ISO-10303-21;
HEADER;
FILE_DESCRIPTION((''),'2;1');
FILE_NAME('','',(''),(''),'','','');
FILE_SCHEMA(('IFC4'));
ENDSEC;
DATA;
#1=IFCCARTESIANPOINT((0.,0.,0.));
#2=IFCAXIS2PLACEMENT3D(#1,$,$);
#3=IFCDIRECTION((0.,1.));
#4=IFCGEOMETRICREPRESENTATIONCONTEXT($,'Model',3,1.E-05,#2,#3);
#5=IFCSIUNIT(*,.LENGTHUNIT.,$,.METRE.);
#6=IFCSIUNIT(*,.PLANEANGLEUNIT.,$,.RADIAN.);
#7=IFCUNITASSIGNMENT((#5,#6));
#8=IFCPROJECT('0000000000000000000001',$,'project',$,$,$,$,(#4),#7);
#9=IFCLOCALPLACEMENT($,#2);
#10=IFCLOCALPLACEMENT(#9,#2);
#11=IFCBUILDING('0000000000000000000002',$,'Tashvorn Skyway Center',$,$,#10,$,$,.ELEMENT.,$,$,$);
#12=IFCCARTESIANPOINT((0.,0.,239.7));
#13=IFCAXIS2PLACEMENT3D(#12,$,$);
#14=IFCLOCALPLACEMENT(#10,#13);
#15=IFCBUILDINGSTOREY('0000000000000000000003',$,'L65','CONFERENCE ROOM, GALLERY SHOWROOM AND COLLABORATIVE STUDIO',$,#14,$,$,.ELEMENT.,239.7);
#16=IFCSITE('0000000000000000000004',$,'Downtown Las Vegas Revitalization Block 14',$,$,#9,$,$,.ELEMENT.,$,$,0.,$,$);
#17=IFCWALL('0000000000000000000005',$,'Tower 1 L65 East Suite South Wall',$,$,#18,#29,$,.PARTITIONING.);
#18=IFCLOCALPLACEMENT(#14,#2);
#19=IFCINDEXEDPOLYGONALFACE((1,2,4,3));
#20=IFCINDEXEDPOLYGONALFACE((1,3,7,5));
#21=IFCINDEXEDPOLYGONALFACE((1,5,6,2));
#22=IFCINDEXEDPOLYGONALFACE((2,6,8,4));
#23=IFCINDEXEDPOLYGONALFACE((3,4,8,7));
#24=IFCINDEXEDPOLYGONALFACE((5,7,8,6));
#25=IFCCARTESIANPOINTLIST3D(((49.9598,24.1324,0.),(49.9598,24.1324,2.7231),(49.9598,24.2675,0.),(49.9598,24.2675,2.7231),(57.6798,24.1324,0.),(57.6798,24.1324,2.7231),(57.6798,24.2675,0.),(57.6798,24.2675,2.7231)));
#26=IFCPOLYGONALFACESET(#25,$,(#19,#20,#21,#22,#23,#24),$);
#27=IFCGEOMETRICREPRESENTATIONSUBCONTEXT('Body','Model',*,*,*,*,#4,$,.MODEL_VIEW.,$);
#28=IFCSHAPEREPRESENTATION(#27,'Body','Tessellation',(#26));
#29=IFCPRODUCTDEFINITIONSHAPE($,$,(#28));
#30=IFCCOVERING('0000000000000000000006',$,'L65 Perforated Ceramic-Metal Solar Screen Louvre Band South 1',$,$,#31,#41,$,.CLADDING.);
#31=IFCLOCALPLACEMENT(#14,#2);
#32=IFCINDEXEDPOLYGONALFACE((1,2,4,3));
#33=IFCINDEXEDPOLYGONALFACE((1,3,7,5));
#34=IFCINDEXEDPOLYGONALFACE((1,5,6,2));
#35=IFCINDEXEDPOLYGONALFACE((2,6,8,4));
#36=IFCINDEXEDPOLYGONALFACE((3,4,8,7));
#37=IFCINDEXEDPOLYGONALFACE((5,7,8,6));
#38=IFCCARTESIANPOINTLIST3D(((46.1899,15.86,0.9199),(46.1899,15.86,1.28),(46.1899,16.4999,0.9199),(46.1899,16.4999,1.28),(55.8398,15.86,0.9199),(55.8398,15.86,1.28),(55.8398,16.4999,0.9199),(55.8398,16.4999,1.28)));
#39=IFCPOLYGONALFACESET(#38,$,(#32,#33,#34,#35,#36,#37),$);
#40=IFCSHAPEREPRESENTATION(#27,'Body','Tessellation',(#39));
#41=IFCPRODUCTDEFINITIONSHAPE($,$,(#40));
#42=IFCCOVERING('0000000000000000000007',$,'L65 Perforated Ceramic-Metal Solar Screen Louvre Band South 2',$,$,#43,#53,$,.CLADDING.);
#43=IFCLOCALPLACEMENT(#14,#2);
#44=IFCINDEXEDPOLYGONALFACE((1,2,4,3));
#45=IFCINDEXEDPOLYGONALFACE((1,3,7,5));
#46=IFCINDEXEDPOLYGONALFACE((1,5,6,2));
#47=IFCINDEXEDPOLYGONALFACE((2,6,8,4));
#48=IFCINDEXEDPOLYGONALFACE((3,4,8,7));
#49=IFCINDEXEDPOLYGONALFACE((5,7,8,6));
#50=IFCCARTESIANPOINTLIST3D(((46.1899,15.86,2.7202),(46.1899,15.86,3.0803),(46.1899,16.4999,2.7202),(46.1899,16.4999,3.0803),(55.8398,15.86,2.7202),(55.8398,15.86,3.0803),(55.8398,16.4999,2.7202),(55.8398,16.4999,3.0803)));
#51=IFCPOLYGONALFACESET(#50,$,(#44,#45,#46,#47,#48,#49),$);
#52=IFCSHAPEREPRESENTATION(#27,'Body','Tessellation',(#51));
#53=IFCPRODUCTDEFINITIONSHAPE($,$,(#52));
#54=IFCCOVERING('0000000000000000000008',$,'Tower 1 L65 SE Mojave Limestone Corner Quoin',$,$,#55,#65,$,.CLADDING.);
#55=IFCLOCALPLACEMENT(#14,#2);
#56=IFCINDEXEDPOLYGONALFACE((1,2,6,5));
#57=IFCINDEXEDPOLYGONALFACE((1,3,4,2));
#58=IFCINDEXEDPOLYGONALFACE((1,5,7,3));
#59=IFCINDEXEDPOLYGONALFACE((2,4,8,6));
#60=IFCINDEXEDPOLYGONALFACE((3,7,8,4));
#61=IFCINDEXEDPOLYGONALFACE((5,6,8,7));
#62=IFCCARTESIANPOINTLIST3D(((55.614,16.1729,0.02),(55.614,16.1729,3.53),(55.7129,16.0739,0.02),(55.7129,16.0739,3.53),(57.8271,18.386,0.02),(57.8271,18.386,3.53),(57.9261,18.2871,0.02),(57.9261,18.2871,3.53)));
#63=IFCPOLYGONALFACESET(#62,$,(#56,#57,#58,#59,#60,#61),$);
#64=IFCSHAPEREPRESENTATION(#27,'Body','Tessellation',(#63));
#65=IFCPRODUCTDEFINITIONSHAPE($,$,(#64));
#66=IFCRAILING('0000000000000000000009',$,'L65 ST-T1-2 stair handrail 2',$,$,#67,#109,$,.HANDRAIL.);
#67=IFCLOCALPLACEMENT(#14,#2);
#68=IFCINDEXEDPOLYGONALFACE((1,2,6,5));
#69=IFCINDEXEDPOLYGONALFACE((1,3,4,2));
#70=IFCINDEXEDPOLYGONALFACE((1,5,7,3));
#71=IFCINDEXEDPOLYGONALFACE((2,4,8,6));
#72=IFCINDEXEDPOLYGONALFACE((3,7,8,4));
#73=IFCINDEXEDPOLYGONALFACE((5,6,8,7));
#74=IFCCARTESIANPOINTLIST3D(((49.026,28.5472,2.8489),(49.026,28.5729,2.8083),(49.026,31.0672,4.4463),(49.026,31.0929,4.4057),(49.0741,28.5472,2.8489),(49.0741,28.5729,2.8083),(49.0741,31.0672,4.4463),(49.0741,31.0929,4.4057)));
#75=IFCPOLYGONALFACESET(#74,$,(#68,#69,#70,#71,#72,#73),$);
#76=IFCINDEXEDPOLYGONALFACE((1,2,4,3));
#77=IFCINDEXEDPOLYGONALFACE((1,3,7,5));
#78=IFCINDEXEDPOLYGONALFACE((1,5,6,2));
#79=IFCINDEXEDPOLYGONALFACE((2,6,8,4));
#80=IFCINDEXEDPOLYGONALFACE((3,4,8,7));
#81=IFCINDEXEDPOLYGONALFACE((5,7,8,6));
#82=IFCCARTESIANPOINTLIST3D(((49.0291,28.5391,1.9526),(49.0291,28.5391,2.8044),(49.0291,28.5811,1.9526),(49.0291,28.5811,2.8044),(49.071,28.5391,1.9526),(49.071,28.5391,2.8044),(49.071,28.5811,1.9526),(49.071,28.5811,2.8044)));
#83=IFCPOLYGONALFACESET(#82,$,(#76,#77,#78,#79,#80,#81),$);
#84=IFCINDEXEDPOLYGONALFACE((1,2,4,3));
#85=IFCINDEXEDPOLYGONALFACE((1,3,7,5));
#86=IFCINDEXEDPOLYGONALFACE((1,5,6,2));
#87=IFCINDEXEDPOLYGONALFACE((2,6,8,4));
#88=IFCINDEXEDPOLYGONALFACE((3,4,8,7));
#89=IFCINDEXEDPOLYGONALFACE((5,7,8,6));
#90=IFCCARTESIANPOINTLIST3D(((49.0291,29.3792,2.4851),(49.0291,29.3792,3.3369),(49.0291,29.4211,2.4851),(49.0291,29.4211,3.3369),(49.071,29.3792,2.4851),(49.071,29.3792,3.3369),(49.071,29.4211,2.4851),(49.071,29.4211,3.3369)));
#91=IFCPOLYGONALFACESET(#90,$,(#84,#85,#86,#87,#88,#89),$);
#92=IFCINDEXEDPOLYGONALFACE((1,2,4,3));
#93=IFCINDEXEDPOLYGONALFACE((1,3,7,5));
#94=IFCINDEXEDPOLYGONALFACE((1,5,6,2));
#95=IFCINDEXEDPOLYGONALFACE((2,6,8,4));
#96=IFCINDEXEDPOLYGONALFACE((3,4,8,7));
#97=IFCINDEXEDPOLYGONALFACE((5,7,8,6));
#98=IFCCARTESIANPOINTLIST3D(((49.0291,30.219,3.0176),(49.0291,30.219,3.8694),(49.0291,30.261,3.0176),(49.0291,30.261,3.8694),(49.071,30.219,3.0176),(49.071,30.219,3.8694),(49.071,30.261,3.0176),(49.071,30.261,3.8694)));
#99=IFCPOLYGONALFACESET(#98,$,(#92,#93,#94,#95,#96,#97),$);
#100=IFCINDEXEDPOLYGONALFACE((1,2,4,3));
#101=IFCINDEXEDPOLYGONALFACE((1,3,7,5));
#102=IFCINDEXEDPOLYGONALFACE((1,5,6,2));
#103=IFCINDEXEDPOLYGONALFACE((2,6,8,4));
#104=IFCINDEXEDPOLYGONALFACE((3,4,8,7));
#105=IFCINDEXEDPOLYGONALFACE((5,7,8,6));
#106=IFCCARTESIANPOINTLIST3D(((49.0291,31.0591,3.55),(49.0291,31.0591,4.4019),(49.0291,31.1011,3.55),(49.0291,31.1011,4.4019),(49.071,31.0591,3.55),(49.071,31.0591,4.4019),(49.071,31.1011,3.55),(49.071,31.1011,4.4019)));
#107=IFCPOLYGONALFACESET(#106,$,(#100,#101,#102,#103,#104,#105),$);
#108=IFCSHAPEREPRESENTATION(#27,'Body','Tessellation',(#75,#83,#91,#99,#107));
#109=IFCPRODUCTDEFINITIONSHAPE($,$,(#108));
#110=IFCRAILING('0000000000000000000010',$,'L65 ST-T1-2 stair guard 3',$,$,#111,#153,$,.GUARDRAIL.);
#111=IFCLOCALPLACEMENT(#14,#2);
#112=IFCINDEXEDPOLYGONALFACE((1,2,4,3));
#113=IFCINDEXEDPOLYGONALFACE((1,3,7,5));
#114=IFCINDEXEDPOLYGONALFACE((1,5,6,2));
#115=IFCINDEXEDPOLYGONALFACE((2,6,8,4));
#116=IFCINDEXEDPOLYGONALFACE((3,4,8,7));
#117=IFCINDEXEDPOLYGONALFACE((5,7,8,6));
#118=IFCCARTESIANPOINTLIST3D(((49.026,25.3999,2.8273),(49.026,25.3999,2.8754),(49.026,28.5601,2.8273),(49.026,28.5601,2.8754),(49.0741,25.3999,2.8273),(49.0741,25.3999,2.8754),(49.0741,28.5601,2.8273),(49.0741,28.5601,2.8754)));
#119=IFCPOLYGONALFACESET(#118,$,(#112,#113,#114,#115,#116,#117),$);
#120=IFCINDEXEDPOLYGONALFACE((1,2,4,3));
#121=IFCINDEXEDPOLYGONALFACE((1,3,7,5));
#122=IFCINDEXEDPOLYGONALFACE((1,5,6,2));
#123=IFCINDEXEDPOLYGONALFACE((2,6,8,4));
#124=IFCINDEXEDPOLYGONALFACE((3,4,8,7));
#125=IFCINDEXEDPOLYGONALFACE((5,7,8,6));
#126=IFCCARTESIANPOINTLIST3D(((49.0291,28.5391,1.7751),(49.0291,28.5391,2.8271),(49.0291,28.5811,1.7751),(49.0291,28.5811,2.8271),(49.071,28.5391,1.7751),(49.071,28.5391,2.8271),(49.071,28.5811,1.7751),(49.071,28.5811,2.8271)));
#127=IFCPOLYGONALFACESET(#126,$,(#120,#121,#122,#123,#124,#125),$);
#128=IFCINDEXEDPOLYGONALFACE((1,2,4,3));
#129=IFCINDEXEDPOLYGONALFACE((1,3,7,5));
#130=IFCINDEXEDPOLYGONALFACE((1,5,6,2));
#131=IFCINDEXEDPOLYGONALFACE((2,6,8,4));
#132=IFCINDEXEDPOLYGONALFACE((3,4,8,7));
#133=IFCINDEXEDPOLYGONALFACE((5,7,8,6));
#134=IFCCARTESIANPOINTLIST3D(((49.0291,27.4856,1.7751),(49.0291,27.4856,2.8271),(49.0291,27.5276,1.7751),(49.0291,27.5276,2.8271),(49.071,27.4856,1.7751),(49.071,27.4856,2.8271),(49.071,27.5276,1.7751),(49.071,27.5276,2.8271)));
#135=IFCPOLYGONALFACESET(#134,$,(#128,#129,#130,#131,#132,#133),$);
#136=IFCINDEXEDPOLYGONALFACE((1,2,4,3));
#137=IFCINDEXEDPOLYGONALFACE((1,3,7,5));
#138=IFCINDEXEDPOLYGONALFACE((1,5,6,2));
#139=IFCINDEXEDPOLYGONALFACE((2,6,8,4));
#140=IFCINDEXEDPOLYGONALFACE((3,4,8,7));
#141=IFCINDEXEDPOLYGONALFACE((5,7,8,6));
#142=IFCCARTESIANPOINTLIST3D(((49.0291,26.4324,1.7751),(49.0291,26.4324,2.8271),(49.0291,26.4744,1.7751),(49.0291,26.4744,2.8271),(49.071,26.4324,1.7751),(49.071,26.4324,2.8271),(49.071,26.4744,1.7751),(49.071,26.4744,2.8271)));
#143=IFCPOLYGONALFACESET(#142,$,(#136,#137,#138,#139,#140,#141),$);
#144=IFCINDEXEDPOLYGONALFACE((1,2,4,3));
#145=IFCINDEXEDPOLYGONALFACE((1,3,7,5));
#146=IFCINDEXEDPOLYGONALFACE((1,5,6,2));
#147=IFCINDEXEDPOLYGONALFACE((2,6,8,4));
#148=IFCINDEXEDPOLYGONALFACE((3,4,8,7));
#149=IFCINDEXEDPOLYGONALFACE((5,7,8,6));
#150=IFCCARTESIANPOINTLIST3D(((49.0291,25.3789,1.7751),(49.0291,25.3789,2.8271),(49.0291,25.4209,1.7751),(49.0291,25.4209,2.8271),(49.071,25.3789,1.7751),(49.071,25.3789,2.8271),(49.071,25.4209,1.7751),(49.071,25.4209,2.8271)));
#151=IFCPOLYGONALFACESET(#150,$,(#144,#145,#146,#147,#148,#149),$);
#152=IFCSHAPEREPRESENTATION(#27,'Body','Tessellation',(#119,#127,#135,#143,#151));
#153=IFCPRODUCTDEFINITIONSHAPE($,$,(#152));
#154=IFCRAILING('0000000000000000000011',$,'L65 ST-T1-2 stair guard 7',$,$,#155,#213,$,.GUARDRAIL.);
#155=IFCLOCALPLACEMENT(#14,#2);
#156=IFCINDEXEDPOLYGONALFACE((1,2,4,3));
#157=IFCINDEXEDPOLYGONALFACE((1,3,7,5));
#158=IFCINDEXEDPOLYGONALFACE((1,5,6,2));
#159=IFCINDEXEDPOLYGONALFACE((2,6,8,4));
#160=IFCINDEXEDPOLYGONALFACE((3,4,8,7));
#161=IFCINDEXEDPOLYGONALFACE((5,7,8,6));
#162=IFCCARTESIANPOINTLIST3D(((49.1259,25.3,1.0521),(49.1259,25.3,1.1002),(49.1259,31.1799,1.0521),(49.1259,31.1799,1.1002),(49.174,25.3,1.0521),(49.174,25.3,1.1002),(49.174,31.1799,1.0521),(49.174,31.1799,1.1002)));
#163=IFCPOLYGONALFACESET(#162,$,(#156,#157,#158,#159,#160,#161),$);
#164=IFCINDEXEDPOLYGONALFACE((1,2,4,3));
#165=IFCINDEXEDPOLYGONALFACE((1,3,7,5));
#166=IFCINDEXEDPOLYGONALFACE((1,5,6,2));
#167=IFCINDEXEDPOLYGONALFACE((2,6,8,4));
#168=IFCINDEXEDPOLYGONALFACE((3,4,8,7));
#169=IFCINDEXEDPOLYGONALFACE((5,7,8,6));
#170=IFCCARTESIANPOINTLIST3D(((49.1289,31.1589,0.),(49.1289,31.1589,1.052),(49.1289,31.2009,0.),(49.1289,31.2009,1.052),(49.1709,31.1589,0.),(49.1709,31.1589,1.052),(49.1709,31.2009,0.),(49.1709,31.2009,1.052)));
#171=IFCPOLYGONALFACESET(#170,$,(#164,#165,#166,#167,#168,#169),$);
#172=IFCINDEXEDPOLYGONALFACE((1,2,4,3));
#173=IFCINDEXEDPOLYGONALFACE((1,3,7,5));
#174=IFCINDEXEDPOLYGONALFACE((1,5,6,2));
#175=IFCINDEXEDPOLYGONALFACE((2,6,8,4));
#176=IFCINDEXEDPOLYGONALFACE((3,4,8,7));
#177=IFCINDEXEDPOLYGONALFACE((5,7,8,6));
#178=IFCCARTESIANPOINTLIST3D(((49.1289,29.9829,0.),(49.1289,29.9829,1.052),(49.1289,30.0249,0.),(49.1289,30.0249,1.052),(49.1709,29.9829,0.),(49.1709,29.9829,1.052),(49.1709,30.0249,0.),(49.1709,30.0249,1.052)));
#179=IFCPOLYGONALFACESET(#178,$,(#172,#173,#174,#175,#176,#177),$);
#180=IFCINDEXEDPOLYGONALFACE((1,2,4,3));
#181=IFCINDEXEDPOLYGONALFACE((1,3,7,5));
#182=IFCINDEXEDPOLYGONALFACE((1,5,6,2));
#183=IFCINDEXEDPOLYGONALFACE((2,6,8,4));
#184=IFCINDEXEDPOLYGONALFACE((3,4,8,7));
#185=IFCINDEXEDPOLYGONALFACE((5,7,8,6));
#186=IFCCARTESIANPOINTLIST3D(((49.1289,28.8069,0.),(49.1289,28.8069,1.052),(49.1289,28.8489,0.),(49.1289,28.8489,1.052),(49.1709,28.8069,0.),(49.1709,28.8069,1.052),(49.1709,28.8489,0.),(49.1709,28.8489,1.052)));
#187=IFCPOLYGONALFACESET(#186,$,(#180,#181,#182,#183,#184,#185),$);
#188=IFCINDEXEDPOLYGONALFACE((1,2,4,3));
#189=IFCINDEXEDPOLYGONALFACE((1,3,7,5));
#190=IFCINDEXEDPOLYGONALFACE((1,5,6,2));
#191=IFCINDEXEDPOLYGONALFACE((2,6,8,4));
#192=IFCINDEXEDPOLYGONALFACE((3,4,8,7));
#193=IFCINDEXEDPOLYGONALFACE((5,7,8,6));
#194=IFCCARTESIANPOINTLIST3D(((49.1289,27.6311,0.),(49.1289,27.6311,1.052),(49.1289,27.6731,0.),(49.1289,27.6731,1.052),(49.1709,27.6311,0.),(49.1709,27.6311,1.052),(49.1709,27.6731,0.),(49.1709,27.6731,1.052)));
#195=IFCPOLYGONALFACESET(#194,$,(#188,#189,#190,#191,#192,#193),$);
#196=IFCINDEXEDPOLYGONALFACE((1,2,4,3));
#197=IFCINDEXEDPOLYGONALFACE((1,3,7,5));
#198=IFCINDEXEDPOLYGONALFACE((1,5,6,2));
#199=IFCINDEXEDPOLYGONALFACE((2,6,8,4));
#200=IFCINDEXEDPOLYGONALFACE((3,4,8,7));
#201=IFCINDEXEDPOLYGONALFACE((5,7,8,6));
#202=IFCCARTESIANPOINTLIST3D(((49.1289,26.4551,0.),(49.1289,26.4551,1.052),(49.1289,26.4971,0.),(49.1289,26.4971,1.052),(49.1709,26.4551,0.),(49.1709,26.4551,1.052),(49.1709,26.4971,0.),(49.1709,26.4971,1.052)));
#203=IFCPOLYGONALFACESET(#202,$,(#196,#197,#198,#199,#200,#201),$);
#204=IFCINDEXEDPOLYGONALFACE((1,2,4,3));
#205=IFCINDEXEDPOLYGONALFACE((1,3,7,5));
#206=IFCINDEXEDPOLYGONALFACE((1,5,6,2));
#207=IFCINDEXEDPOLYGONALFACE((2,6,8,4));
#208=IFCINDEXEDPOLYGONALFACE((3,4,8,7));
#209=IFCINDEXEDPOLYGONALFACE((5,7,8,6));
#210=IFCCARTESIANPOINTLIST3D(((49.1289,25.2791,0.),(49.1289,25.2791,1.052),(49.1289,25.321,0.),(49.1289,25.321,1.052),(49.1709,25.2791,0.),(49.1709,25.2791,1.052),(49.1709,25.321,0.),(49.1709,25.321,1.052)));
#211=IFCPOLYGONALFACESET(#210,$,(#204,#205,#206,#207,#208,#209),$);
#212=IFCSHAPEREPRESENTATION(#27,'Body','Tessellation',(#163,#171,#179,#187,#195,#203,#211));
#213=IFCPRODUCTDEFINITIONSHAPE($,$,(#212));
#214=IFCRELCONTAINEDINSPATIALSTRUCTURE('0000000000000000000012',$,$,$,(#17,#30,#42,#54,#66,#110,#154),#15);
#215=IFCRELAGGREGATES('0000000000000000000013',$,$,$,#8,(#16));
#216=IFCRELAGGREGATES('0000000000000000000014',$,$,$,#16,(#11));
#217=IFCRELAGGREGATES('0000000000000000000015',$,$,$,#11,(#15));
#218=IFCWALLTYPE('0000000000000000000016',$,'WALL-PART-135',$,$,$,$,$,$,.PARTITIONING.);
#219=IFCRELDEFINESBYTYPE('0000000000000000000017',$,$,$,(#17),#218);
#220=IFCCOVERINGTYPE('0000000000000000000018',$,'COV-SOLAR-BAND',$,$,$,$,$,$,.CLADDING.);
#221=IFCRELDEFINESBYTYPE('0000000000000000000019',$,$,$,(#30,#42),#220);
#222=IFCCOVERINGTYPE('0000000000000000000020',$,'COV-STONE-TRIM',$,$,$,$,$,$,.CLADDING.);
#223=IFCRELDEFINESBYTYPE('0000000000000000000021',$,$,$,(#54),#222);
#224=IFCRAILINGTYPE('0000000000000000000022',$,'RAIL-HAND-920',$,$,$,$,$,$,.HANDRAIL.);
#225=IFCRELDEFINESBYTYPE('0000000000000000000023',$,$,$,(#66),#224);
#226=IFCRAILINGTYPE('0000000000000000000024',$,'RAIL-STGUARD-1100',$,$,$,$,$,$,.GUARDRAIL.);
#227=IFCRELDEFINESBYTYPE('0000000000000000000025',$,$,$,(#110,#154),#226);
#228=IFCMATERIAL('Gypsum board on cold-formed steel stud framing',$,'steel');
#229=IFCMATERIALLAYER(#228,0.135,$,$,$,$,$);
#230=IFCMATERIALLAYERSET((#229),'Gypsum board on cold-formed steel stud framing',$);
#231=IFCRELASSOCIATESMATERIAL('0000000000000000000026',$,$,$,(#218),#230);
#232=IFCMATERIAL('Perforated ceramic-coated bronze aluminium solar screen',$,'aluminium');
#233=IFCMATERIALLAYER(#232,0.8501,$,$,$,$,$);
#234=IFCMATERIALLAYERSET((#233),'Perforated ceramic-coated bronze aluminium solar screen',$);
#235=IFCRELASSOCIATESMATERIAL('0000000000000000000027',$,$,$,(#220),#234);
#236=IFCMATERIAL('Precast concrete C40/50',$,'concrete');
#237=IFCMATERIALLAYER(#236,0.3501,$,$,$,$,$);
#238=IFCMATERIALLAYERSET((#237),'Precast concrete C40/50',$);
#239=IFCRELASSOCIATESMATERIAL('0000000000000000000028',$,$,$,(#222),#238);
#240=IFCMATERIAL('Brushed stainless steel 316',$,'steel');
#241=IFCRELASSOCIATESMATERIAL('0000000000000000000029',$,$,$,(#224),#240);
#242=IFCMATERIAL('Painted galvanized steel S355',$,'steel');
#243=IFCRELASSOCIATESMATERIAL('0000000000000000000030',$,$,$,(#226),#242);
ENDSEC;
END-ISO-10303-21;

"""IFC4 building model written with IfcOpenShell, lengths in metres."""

from ifc_helpers import new_model, si_unit, direction, frame, frame_2d, origin, origin_2d, place, context, subcontext, project, spatial, rectangle, extrude, material, layer, layer_set, type_object, element, save


model = new_model("IFC4")

# Units and contexts
model_context = context("Model", 3, precision=1e-05, world=origin(), true_north=direction((0.0, 1.0)))
body_context = subcontext(model_context, "Body", "Model", "MODEL_VIEW")
ifc_project = project(units=[si_unit("LENGTHUNIT", "METRE"), si_unit("PLANEANGLEUNIT", "RADIAN")], contexts=[model_context])

# Site, building, storey
site_placement = place(None, origin())
site = spatial("IfcSite", under=ifc_project, at=site_placement, Name="Downtown Las Vegas Revitalization Block 14", CompositionType="ELEMENT", RefElevation=0.0)
building_placement = place(site_placement, origin())
building = spatial("IfcBuilding", under=site, at=building_placement, Name="Tashvorn Skyway Center", CompositionType="ELEMENT")
storey_placement = place(building_placement, frame((0.0, 0.0, 239.7)))
storey = spatial("IfcBuildingStorey", under=building, at=storey_placement, Name="L65", Description="CONFERENCE ROOM, GALLERY SHOWROOM AND COLLABORATIVE STUDIO", CompositionType="ELEMENT", Elevation=239.7)

# Shared definitions
ifc_material_1 = material(Name="Gypsum board on cold-formed steel stud framing", Category="steel")

# Wall
ifc_layer_1 = layer(ifc_material_1, 0.135)
ifc_layer_set_1 = layer_set([ifc_layer_1], Name="Gypsum board on cold-formed steel stud framing")
wall_type_1 = type_object("IfcWallType", Name="WALL-PART-135", PredefinedType="PARTITIONING", material=ifc_layer_set_1)
wall_1_placement = place(storey_placement, frame((49.96, 24.2, 0.0), z_axis=(0.0, 0.0, 1.0), x_axis=(1.0, 0.0, 0.0)))
element("IfcWall", 1, at=wall_1_placement, inside=storey, type_object=wall_type_1, Name="Tower 1 L65 East Suite South Wall", PredefinedType="PARTITIONING", context=body_context, shape_type="SweptSolid", body=[
    extrude(rectangle(XDim=7.72, YDim=0.135, at=frame_2d((3.8599, 0.0))), origin(), (0.0, 0.0, 1.0), 2.7231),
])

# Coverings
ifc_material_2 = material(Name="Perforated ceramic-coated bronze aluminium solar screen", Category="aluminium")
ifc_layer_2 = layer(ifc_material_2, 0.8501)
ifc_layer_set_2 = layer_set([ifc_layer_2], Name="Perforated ceramic-coated bronze aluminium solar screen")
covering_type_1 = type_object("IfcCoveringType", Name="COV-SOLAR-BAND", PredefinedType="CLADDING", material=ifc_layer_set_2)
for number, where, z_axis, x_axis, name in (
    (2, (51.0149, 16.1799, 0.9199), (0.0, 0.0, 1.0), (-1.0, 0.0, 0.0), "L65 Perforated Ceramic-Metal Solar Screen Louvre Band South 1"),
    (3, (51.0149, 16.1799, 2.7202), (0.0, 0.0, 1.0), (-1.0, 0.0, 0.0), "L65 Perforated Ceramic-Metal Solar Screen Louvre Band South 2"),
):
    element("IfcCovering", number, at=place(storey_placement, frame(where, z_axis=z_axis, x_axis=x_axis)), inside=storey, type_object=covering_type_1, Name=name, PredefinedType="CLADDING", context=body_context, shape_type="SweptSolid", body=[
        extrude(rectangle(XDim=9.6499, YDim=0.6399, at=origin_2d()), origin(), (0.0, 0.0, 1.0), 0.3601),
    ])
ifc_material_3 = material(Name="Precast concrete C40/50", Category="concrete")
ifc_layer_3 = layer(ifc_material_3, 0.3501)
ifc_layer_set_3 = layer_set([ifc_layer_3], Name="Precast concrete C40/50")
covering_type_2 = type_object("IfcCoveringType", Name="COV-STONE-TRIM", PredefinedType="CLADDING", material=ifc_layer_set_3)
covering_placement = place(storey_placement, frame((56.77, 17.23, 0.02), z_axis=(0.0, 0.0, 1.0), x_axis=(0.707107, 0.707107, 0.0)))
element("IfcCovering", 4, at=covering_placement, inside=storey, type_object=covering_type_2, Name="Tower 1 L65 SE Mojave Limestone Corner Quoin", PredefinedType="CLADDING", context=body_context, shape_type="SweptSolid", body=[
    extrude(rectangle(XDim=3.1299, YDim=0.1399, at=origin_2d()), origin(), (0.0, 0.0, 1.0), 3.51),
])

# Railings
ifc_material_4 = material(Name="Brushed stainless steel 316", Category="steel")
railing_type_1 = type_object("IfcRailingType", Name="RAIL-HAND-920", PredefinedType="HANDRAIL", material=ifc_material_4)
railing_1_placement = place(storey_placement, frame((49.05, 28.5601, 1.9526)))
element("IfcRailing", 5, at=railing_1_placement, inside=storey, type_object=railing_type_1, Name="L65 ST-T1-2 stair handrail 2", PredefinedType="HANDRAIL", context=body_context, shape_type="SweptSolid", body=[
    extrude(rectangle(XDim=0.0481, YDim=0.0481, at=origin_2d()), frame((0.0, 0.0, 0.876), z_axis=(0.0, 0.844607, 0.535387), x_axis=(-1.0, 0.0, 0.0)), (0.0, 0.0, 1.0), 2.9836),
    extrude(rectangle(XDim=0.042, YDim=0.042, at=origin_2d()), origin(), (0.0, 0.0, 1.0), 0.8518),
    extrude(rectangle(XDim=0.042, YDim=0.042, at=origin_2d()), frame((0.0, 0.8401, 0.5325)), (0.0, 0.0, 1.0), 0.8518),
    extrude(rectangle(XDim=0.042, YDim=0.042, at=origin_2d()), frame((0.0, 1.6799, 1.0649)), (0.0, 0.0, 1.0), 0.8518),
    extrude(rectangle(XDim=0.042, YDim=0.042, at=origin_2d()), frame((0.0, 2.52, 1.5974)), (0.0, 0.0, 1.0), 0.8518),
])
ifc_material_5 = material(Name="Painted galvanized steel S355", Category="steel")
railing_type_2 = type_object("IfcRailingType", Name="RAIL-STGUARD-1100", PredefinedType="GUARDRAIL", material=ifc_material_5)
railing_2_placement = place(storey_placement, frame((49.05, 28.5601, 1.7751)))
element("IfcRailing", 6, at=railing_2_placement, inside=storey, type_object=railing_type_2, Name="L65 ST-T1-2 stair guard 3", PredefinedType="GUARDRAIL", context=body_context, shape_type="SweptSolid", body=[
    extrude(rectangle(XDim=0.0481, YDim=0.0481, at=origin_2d()), frame((0.0, 0.0, 1.0762), z_axis=(0.0, -1.0, 0.0), x_axis=(1.0, 0.0, 0.0)), (0.0, 0.0, 1.0), 3.1602),
    extrude(rectangle(XDim=0.042, YDim=0.042, at=origin_2d()), origin(), (0.0, 0.0, 1.0), 1.052),
    extrude(rectangle(XDim=0.042, YDim=0.042, at=origin_2d()), frame((0.0, -1.0535, 0.0)), (0.0, 0.0, 1.0), 1.052),
    extrude(rectangle(XDim=0.042, YDim=0.042, at=origin_2d()), frame((0.0, -2.1067, 0.0)), (0.0, 0.0, 1.0), 1.052),
    extrude(rectangle(XDim=0.042, YDim=0.042, at=origin_2d()), frame((0.0, -3.1602, 0.0)), (0.0, 0.0, 1.0), 1.052),
])
railing_3_placement = place(storey_placement, frame((49.1499, 31.1799, 0.0)))
element("IfcRailing", 7, at=railing_3_placement, inside=storey, type_object=railing_type_2, Name="L65 ST-T1-2 stair guard 7", PredefinedType="GUARDRAIL", context=body_context, shape_type="SweptSolid", body=[
    extrude(rectangle(XDim=0.0481, YDim=0.0481, at=origin_2d()), frame((0.0, 0.0, 1.0762), z_axis=(0.0, -1.0, 0.0), x_axis=(1.0, 0.0, 0.0)), (0.0, 0.0, 1.0), 5.8799),
    extrude(rectangle(XDim=0.042, YDim=0.042, at=origin_2d()), origin(), (0.0, 0.0, 1.0), 1.052),
    extrude(rectangle(XDim=0.042, YDim=0.042, at=origin_2d()), frame((0.0, -1.176, 0.0)), (0.0, 0.0, 1.0), 1.052),
    extrude(rectangle(XDim=0.042, YDim=0.042, at=origin_2d()), frame((0.0, -2.3521, 0.0)), (0.0, 0.0, 1.0), 1.052),
    extrude(rectangle(XDim=0.042, YDim=0.042, at=origin_2d()), frame((0.0, -3.5278, 0.0)), (0.0, 0.0, 1.0), 1.052),
    extrude(rectangle(XDim=0.042, YDim=0.042, at=origin_2d()), frame((0.0, -4.7039, 0.0)), (0.0, 0.0, 1.0), 1.052),
    extrude(rectangle(XDim=0.042, YDim=0.042, at=origin_2d()), frame((0.0, -5.8799, 0.0)), (0.0, 0.0, 1.0), 1.052),
])

save(model, "model.ifc")
